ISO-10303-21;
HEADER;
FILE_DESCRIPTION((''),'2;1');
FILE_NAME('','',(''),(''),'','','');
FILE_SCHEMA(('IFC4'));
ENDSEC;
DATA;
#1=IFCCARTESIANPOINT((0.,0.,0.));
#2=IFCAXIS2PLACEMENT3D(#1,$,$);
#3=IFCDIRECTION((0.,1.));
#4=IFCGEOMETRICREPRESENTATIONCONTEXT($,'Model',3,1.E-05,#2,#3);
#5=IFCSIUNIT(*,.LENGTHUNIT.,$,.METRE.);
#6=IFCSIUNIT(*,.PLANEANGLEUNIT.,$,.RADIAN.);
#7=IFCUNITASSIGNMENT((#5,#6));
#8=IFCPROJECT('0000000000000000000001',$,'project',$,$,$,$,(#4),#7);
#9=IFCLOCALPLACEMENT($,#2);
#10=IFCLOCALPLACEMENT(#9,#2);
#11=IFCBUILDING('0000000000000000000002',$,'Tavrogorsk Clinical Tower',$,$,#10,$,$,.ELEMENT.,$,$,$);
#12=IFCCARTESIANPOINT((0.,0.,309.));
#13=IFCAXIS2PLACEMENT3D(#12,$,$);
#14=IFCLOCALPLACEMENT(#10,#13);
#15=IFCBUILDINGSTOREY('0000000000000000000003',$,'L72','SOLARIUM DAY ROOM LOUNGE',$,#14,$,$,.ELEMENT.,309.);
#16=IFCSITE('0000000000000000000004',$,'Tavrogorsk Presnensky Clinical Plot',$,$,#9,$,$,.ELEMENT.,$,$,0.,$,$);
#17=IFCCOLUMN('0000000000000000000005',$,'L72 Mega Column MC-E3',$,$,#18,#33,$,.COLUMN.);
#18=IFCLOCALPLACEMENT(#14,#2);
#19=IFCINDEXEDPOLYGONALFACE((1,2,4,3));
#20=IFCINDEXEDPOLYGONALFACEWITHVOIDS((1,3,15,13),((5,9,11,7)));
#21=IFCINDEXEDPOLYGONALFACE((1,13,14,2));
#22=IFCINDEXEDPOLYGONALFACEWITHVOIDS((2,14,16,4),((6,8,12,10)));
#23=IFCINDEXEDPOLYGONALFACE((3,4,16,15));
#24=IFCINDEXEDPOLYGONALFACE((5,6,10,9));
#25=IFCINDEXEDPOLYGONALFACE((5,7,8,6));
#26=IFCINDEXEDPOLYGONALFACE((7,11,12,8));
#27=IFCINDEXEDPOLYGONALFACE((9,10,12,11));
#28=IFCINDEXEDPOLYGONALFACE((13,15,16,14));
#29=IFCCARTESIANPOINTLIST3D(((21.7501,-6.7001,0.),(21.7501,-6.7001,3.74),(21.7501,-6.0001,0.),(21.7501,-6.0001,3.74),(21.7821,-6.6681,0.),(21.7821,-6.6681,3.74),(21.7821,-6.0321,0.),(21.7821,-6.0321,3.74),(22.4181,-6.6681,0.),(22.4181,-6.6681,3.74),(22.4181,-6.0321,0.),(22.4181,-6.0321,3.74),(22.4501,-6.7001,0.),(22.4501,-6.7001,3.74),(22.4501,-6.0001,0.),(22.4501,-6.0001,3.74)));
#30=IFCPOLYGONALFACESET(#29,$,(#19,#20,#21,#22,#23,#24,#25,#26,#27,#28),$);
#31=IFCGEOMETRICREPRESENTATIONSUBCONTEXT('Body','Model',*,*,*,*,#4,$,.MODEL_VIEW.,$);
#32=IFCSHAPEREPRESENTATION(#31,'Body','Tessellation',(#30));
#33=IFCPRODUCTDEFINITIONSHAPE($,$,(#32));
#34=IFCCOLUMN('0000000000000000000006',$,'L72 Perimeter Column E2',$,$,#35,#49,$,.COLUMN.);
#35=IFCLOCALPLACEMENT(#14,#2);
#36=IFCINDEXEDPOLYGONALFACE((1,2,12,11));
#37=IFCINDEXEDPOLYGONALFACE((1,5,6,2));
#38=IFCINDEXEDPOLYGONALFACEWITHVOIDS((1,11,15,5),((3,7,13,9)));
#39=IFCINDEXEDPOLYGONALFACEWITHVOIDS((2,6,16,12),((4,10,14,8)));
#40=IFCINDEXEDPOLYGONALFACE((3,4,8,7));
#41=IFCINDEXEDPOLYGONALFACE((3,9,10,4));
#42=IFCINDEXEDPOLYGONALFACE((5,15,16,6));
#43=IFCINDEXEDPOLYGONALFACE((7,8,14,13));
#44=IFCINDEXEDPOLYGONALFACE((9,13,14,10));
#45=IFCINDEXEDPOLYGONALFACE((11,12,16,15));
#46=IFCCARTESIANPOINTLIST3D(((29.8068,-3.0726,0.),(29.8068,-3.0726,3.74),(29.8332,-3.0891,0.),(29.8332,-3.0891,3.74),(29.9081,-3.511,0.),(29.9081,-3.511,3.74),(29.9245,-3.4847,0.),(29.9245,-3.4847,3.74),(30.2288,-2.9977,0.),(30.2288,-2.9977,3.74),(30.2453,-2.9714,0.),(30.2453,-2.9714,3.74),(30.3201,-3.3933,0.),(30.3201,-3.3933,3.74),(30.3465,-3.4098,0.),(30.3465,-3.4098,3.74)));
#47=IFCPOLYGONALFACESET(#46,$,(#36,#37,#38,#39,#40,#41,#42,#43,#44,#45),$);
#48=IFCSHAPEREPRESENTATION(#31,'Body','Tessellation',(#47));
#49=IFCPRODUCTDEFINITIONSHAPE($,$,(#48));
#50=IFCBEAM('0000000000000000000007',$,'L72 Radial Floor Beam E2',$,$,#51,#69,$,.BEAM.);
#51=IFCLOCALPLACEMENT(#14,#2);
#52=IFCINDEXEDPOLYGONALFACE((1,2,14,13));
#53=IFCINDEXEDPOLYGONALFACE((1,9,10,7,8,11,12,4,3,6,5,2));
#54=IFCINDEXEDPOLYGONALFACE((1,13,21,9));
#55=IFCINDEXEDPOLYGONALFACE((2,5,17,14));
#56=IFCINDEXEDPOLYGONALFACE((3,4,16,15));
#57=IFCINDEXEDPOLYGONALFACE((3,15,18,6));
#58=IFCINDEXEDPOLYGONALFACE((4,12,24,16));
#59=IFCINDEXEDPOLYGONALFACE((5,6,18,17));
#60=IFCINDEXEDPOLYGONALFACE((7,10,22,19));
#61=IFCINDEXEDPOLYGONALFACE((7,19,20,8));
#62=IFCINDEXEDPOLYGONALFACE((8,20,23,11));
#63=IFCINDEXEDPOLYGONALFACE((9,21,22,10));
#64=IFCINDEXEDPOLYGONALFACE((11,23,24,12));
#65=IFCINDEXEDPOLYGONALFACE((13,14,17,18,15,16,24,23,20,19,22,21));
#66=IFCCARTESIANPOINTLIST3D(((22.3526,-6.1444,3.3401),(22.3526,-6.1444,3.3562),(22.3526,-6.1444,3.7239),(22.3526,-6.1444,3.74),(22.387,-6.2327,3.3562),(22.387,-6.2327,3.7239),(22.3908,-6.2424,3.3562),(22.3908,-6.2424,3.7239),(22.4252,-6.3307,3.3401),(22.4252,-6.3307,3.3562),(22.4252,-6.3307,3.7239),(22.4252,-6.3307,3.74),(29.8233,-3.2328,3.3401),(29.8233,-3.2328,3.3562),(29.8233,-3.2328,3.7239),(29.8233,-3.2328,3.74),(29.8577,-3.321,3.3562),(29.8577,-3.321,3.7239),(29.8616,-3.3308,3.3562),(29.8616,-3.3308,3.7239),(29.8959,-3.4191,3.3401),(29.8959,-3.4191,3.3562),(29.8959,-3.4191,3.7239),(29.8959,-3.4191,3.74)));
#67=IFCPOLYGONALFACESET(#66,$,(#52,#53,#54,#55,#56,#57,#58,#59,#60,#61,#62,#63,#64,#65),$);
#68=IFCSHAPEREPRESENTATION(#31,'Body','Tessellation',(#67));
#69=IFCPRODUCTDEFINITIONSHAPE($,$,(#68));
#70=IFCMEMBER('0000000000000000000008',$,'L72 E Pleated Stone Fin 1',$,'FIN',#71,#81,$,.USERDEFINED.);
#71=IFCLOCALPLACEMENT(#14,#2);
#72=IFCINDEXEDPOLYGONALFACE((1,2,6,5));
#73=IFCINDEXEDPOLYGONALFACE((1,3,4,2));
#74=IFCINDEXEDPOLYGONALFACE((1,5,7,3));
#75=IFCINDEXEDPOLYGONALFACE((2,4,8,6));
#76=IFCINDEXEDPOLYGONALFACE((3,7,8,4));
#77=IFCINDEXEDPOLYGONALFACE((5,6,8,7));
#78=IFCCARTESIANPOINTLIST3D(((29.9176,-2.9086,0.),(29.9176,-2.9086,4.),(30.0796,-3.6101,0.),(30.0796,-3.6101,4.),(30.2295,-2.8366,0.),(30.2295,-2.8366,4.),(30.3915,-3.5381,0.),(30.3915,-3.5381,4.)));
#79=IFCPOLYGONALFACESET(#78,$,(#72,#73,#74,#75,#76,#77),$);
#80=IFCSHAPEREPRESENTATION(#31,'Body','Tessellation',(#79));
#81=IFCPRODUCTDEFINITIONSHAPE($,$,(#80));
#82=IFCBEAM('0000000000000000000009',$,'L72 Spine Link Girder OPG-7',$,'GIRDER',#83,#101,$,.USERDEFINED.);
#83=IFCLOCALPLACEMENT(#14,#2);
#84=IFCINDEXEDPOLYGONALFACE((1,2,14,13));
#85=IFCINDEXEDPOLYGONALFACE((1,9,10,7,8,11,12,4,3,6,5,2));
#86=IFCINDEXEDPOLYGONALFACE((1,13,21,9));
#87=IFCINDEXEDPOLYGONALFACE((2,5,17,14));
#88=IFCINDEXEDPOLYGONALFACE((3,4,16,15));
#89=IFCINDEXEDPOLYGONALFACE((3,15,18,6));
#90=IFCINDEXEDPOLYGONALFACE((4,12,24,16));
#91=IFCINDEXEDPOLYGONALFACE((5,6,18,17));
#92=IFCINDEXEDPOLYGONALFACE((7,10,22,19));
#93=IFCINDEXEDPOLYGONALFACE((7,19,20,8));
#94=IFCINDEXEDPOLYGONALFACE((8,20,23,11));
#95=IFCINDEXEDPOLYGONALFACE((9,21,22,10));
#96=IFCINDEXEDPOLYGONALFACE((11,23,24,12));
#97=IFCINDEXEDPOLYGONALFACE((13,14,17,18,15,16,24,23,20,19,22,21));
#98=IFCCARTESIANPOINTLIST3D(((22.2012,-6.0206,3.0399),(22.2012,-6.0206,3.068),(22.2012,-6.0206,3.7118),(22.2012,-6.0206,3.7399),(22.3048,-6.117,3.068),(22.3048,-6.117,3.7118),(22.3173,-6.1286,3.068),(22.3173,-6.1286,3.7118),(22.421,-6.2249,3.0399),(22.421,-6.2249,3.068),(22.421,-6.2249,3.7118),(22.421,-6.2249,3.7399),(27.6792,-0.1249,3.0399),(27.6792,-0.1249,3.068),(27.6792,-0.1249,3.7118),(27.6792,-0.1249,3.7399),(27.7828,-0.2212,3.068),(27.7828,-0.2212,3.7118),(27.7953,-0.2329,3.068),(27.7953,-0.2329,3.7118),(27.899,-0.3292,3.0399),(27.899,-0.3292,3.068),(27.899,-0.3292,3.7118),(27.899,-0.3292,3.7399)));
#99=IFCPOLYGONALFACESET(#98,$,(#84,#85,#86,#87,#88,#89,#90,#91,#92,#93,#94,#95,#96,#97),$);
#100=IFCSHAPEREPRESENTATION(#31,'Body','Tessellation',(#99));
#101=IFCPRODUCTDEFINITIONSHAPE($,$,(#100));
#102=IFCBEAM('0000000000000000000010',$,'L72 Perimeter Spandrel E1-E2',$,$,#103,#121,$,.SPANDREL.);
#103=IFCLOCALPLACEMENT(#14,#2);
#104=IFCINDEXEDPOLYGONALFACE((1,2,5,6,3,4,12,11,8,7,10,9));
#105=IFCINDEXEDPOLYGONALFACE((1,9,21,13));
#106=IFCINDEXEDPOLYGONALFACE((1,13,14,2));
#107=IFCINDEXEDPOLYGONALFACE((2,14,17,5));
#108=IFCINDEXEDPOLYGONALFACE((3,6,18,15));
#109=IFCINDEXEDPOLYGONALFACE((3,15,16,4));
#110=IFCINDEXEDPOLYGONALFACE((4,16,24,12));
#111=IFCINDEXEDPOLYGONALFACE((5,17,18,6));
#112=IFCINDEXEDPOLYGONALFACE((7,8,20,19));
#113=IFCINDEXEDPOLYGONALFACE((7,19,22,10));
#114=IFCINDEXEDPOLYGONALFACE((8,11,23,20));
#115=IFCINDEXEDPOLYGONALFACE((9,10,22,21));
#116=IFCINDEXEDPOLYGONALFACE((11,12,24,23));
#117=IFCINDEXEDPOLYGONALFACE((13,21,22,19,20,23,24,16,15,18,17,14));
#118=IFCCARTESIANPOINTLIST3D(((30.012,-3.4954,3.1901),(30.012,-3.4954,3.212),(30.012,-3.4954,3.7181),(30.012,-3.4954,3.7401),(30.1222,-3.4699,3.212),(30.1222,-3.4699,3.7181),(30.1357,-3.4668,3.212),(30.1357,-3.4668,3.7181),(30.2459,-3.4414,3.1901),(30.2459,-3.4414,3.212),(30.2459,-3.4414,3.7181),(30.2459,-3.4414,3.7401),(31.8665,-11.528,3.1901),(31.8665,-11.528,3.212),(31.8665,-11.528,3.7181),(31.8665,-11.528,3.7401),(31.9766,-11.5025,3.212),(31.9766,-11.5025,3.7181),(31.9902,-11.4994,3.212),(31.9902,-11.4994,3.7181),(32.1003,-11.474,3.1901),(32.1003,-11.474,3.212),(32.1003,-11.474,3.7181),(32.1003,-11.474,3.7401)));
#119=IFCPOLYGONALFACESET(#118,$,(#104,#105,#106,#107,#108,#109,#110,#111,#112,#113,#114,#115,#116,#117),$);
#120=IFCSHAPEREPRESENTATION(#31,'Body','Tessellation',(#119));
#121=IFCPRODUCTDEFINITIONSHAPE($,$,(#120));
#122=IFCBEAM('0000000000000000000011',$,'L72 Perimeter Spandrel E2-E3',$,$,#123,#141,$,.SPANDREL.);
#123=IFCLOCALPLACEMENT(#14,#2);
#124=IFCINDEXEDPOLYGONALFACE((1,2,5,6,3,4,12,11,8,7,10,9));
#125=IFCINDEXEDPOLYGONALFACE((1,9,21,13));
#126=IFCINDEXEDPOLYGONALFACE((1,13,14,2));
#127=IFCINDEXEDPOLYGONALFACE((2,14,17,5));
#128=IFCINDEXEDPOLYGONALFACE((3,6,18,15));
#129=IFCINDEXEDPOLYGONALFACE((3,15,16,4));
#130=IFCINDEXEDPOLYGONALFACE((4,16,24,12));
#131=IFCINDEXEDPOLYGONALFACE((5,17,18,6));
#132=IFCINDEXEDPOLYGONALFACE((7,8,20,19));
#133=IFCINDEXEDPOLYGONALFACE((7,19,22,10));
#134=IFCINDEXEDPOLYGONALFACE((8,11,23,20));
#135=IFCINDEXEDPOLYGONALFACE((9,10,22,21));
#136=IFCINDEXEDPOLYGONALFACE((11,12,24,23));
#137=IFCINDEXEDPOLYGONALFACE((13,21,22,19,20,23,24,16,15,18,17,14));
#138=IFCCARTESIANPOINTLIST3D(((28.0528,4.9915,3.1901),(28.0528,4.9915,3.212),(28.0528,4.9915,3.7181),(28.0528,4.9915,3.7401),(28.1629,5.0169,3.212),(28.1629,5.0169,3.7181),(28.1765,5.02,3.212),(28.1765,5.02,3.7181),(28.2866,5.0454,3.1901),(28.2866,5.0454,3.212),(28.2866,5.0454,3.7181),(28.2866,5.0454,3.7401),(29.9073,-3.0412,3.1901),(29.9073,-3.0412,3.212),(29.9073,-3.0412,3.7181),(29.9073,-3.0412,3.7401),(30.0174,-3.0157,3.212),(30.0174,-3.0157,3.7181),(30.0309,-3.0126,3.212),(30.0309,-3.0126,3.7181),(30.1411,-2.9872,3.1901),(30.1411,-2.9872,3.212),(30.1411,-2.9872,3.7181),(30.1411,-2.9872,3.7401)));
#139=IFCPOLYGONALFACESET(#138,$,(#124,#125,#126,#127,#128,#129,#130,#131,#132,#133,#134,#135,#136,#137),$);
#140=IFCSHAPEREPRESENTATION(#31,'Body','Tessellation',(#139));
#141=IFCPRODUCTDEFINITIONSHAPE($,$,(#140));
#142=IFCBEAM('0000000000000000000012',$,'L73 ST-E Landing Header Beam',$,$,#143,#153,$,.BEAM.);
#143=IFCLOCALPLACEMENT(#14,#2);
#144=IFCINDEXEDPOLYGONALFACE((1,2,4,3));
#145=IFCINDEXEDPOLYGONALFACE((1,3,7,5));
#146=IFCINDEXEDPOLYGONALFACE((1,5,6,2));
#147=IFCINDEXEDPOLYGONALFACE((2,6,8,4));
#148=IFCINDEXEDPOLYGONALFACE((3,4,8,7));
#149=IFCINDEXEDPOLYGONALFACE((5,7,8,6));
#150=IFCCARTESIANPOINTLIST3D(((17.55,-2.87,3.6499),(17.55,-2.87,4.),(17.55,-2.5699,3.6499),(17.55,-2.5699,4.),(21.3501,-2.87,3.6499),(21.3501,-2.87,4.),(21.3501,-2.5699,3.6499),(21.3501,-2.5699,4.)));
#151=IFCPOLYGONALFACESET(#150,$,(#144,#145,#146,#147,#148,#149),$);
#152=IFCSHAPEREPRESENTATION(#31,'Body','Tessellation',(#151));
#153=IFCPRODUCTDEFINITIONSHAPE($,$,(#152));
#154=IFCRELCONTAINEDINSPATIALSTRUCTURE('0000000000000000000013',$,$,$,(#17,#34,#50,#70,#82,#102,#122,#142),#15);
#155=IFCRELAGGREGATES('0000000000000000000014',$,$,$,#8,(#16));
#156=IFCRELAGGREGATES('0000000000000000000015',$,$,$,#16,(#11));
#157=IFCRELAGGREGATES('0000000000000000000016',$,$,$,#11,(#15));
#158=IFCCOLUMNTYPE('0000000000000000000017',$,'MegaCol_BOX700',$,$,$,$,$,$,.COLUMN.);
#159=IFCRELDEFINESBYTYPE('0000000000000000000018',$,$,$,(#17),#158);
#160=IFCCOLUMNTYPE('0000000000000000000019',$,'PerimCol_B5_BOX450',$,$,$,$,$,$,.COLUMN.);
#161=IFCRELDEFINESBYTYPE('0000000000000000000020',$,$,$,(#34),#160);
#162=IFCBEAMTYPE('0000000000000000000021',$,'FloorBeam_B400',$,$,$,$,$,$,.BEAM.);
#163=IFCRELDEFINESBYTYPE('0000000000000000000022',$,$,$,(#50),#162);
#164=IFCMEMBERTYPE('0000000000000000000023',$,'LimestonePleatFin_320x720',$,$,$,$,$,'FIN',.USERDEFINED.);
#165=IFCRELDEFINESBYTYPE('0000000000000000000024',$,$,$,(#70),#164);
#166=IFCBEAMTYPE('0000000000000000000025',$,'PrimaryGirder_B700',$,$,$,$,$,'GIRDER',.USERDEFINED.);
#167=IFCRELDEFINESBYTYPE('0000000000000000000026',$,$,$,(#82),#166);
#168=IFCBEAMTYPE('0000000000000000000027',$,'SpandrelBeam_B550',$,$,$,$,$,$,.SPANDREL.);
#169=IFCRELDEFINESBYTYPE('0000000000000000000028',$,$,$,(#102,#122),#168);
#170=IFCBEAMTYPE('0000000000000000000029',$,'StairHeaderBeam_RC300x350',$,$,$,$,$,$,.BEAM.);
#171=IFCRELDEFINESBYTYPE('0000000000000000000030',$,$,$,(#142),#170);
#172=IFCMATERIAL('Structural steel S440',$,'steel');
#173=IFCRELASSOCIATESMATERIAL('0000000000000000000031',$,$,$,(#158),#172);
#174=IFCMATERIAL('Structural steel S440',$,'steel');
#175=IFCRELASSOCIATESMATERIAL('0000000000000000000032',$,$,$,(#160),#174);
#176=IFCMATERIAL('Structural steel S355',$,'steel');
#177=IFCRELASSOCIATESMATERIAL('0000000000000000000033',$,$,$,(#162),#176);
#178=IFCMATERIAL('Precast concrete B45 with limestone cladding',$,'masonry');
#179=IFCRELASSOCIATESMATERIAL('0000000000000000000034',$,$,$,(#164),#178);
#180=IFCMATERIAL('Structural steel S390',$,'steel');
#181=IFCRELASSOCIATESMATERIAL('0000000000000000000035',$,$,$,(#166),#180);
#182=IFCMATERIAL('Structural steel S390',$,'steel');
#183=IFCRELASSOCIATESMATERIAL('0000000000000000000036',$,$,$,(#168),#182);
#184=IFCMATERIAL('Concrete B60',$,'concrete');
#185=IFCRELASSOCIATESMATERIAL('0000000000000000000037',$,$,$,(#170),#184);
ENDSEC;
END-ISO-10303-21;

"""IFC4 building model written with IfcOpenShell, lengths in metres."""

from ifc_helpers import new_model, si_unit, direction, frame, origin, origin_2d, place, context, subcontext, project, spatial, rectangle, hollow_rectangle, i_section, extrude, material, material_profile, profile_set, type_object, element, save


model = new_model("IFC4")

# Units and contexts
model_context = context("Model", 3, precision=1e-05, world=origin(), true_north=direction((0.0, 1.0)))
body_context = subcontext(model_context, "Body", "Model", "MODEL_VIEW")
ifc_project = project(units=[si_unit("LENGTHUNIT", "METRE"), si_unit("PLANEANGLEUNIT", "RADIAN")], contexts=[model_context])

# Site, building, storey
site_placement = place(None, origin())
site = spatial("IfcSite", under=ifc_project, at=site_placement, Name="Tavrogorsk Presnensky Clinical Plot", CompositionType="ELEMENT", RefElevation=0.0)
building_placement = place(site_placement, origin())
building = spatial("IfcBuilding", under=site, at=building_placement, Name="Tavrogorsk Clinical Tower", CompositionType="ELEMENT")
storey_placement = place(building_placement, frame((0.0, 0.0, 309.0)))
storey = spatial("IfcBuildingStorey", under=building, at=storey_placement, Name="L72", Description="SOLARIUM DAY ROOM LOUNGE", CompositionType="ELEMENT", Elevation=309.0)

# Columns
ifc_material_1 = material(Name="Structural steel S440", Category="steel")
ifc_material_profile_1 = material_profile(ifc_material_1, hollow_rectangle(XDim=0.7, YDim=0.7, WallThickness=0.032, at=origin_2d()), Name="BOX-700x700x32")
ifc_profile_set_1 = profile_set([ifc_material_profile_1], Name="Structural steel S440")
column_type_1 = type_object("IfcColumnType", Name="MegaCol_BOX700", PredefinedType="COLUMN", material=ifc_profile_set_1)
column_1_placement = place(storey_placement, frame((22.1001, -6.3501, 0.0), z_axis=(0.0, 0.0, 1.0), x_axis=(1.0, 0.0, 0.0)))
element("IfcColumn", 1, at=column_1_placement, inside=storey, type_object=column_type_1, Name="L72 Mega Column MC-E3", PredefinedType="COLUMN", context=body_context, shape_type="SweptSolid", body=[
    extrude(hollow_rectangle(XDim=0.7, YDim=0.7, WallThickness=0.032, at=origin_2d()), origin(), (0.0, 0.0, 1.0), 3.74),
])
ifc_material_2 = material(Name="Structural steel S440", Category="steel")
ifc_material_profile_2 = material_profile(ifc_material_2, hollow_rectangle(XDim=0.45, YDim=0.45, WallThickness=0.022, at=origin_2d()), Name="BOX-450x450x22")
ifc_profile_set_2 = profile_set([ifc_material_profile_2], Name="Structural steel S440")
column_type_2 = type_object("IfcColumnType", Name="PerimCol_B5_BOX450", PredefinedType="COLUMN", material=ifc_profile_set_2)
column_2_placement = place(storey_placement, frame((30.0767, -3.2412, 0.0), z_axis=(0.0, 0.0, 1.0), x_axis=(0.97437, 0.224951, 0.0)))
element("IfcColumn", 2, at=column_2_placement, inside=storey, type_object=column_type_2, Name="L72 Perimeter Column E2", PredefinedType="COLUMN", context=body_context, shape_type="SweptSolid", body=[
    extrude(hollow_rectangle(XDim=0.45, YDim=0.45, WallThickness=0.022, at=origin_2d()), origin(), (0.0, 0.0, 1.0), 3.74),
])

# Beam
ifc_material_3 = material(Name="Structural steel S355", Category="steel")
ifc_material_profile_3 = material_profile(ifc_material_3, i_section(OverallWidth=0.2, OverallDepth=0.3999, WebThickness=0.0105, FlangeThickness=0.0161, at=origin_2d()), Name="B-400x200x10.5x16")
ifc_profile_set_3 = profile_set([ifc_material_profile_3], Name="Structural steel S355")
beam_type_1 = type_object("IfcBeamType", Name="FloorBeam_B400", PredefinedType="BEAM", material=ifc_profile_set_3)
beam_1_placement = place(storey_placement, frame((22.3889, -6.2375, 3.54), z_axis=(0.931737, 0.363134, 0.0), x_axis=(-0.363134, 0.931737, 0.0)))
element("IfcBeam", 3, at=beam_1_placement, inside=storey, type_object=beam_type_1, Name="L72 Radial Floor Beam E2", PredefinedType="BEAM", context=body_context, shape_type="SweptSolid", body=[
    extrude(i_section(OverallWidth=0.2, OverallDepth=0.3999, WebThickness=0.0105, FlangeThickness=0.0161, at=origin_2d()), origin(), (0.0, 0.0, 1.0), 8.0181),
])

# Member
ifc_material_4 = material(Name="Precast concrete B45 with limestone cladding", Category="masonry")
ifc_material_profile_4 = material_profile(ifc_material_4, rectangle(XDim=0.3201, YDim=0.72, at=origin_2d()), Name="LIMESTONE-FIN-320x720")
ifc_profile_set_4 = profile_set([ifc_material_profile_4], Name="Precast concrete B45 with limestone cladding")
member_type = type_object("IfcMemberType", Name="LimestonePleatFin_320x720", ElementType="FIN", PredefinedType="USERDEFINED", material=ifc_profile_set_4)
member_placement = place(storey_placement, frame((30.1545, -3.2234, 0.0), z_axis=(0.0, 0.0, 1.0), x_axis=(0.97437, 0.224951, 0.0)))
element("IfcMember", 4, at=member_placement, inside=storey, type_object=member_type, Name="L72 E Pleated Stone Fin 1", ObjectType="FIN", PredefinedType="USERDEFINED", context=body_context, shape_type="SweptSolid", body=[
    extrude(rectangle(XDim=0.3201, YDim=0.72, at=origin_2d()), origin(), (0.0, 0.0, 1.0), 4.0),
])

# Beams
ifc_material_5 = material(Name="Structural steel S390", Category="steel")
ifc_material_profile_5 = material_profile(ifc_material_5, i_section(OverallWidth=0.3, OverallDepth=0.7, WebThickness=0.0171, FlangeThickness=0.0281, at=origin_2d()), Name="B-700x300x17x28")
ifc_profile_set_5 = profile_set([ifc_material_profile_5], Name="Structural steel S390")
beam_type_2 = type_object("IfcBeamType", Name="PrimaryGirder_B700", ElementType="GIRDER", PredefinedType="USERDEFINED", material=ifc_profile_set_5)
beam_2_placement = place(storey_placement, frame((27.7891, -0.2271, 3.3899), z_axis=(-0.680678, -0.732583, 0.0), x_axis=(0.732583, -0.680678, 0.0)))
element("IfcBeam", 5, at=beam_2_placement, inside=storey, type_object=beam_type_2, Name="L72 Spine Link Girder OPG-7", ObjectType="GIRDER", PredefinedType="USERDEFINED", context=body_context, shape_type="SweptSolid", body=[
    extrude(i_section(OverallWidth=0.3, OverallDepth=0.7, WebThickness=0.0171, FlangeThickness=0.0281, at=origin_2d()), origin(), (0.0, 0.0, 1.0), 8.0479),
])
ifc_material_6 = material(Name="Structural steel S390", Category="steel")
ifc_material_profile_6 = material_profile(ifc_material_6, i_section(OverallWidth=0.24, OverallDepth=0.55, WebThickness=0.0139, FlangeThickness=0.022, at=origin_2d()), Name="B-550x240x14x22")
ifc_profile_set_6 = profile_set([ifc_material_profile_6], Name="Structural steel S390")
beam_type_3 = type_object("IfcBeamType", Name="SpandrelBeam_B550", PredefinedType="SPANDREL", material=ifc_profile_set_6)
for number, where, z_axis, x_axis, name in (
    (6, (31.9834, -11.501, 3.4651), (-0.22495, 0.97437, 0.0), (-0.97437, -0.22495, 0.0), "L72 Perimeter Spandrel E1-E2"),
    (7, (30.0242, -3.0142, 3.4651), (-0.22495, 0.97437, 0.0), (-0.97437, -0.22495, 0.0), "L72 Perimeter Spandrel E2-E3"),
):
    element("IfcBeam", number, at=place(storey_placement, frame(where, z_axis=z_axis, x_axis=x_axis)), inside=storey, type_object=beam_type_3, Name=name, PredefinedType="SPANDREL", context=body_context, shape_type="SweptSolid", body=[
        extrude(i_section(OverallWidth=0.24, OverallDepth=0.55, WebThickness=0.0139, FlangeThickness=0.022, at=origin_2d()), origin(), (0.0, 0.0, 1.0), 8.2439),
    ])
ifc_material_7 = material(Name="Concrete B60", Category="concrete")
ifc_material_profile_7 = material_profile(ifc_material_7, rectangle(XDim=0.3, YDim=0.3501, at=origin_2d()), Name="RC-SHB-300x350")
ifc_profile_set_7 = profile_set([ifc_material_profile_7], Name="Concrete B60")
beam_type_4 = type_object("IfcBeamType", Name="StairHeaderBeam_RC300x350", PredefinedType="BEAM", material=ifc_profile_set_7)
beam_3_placement = place(storey_placement, frame((17.55, -2.72, 3.825), z_axis=(1.0, 0.0, 0.0), x_axis=(0.0, 1.0, 0.0)))
element("IfcBeam", 8, at=beam_3_placement, inside=storey, type_object=beam_type_4, Name="L73 ST-E Landing Header Beam", PredefinedType="BEAM", context=body_context, shape_type="SweptSolid", body=[
    extrude(rectangle(XDim=0.3, YDim=0.3501, at=origin_2d()), origin(), (0.0, 0.0, 1.0), 3.8),
])

save(model, "model.ifc")
